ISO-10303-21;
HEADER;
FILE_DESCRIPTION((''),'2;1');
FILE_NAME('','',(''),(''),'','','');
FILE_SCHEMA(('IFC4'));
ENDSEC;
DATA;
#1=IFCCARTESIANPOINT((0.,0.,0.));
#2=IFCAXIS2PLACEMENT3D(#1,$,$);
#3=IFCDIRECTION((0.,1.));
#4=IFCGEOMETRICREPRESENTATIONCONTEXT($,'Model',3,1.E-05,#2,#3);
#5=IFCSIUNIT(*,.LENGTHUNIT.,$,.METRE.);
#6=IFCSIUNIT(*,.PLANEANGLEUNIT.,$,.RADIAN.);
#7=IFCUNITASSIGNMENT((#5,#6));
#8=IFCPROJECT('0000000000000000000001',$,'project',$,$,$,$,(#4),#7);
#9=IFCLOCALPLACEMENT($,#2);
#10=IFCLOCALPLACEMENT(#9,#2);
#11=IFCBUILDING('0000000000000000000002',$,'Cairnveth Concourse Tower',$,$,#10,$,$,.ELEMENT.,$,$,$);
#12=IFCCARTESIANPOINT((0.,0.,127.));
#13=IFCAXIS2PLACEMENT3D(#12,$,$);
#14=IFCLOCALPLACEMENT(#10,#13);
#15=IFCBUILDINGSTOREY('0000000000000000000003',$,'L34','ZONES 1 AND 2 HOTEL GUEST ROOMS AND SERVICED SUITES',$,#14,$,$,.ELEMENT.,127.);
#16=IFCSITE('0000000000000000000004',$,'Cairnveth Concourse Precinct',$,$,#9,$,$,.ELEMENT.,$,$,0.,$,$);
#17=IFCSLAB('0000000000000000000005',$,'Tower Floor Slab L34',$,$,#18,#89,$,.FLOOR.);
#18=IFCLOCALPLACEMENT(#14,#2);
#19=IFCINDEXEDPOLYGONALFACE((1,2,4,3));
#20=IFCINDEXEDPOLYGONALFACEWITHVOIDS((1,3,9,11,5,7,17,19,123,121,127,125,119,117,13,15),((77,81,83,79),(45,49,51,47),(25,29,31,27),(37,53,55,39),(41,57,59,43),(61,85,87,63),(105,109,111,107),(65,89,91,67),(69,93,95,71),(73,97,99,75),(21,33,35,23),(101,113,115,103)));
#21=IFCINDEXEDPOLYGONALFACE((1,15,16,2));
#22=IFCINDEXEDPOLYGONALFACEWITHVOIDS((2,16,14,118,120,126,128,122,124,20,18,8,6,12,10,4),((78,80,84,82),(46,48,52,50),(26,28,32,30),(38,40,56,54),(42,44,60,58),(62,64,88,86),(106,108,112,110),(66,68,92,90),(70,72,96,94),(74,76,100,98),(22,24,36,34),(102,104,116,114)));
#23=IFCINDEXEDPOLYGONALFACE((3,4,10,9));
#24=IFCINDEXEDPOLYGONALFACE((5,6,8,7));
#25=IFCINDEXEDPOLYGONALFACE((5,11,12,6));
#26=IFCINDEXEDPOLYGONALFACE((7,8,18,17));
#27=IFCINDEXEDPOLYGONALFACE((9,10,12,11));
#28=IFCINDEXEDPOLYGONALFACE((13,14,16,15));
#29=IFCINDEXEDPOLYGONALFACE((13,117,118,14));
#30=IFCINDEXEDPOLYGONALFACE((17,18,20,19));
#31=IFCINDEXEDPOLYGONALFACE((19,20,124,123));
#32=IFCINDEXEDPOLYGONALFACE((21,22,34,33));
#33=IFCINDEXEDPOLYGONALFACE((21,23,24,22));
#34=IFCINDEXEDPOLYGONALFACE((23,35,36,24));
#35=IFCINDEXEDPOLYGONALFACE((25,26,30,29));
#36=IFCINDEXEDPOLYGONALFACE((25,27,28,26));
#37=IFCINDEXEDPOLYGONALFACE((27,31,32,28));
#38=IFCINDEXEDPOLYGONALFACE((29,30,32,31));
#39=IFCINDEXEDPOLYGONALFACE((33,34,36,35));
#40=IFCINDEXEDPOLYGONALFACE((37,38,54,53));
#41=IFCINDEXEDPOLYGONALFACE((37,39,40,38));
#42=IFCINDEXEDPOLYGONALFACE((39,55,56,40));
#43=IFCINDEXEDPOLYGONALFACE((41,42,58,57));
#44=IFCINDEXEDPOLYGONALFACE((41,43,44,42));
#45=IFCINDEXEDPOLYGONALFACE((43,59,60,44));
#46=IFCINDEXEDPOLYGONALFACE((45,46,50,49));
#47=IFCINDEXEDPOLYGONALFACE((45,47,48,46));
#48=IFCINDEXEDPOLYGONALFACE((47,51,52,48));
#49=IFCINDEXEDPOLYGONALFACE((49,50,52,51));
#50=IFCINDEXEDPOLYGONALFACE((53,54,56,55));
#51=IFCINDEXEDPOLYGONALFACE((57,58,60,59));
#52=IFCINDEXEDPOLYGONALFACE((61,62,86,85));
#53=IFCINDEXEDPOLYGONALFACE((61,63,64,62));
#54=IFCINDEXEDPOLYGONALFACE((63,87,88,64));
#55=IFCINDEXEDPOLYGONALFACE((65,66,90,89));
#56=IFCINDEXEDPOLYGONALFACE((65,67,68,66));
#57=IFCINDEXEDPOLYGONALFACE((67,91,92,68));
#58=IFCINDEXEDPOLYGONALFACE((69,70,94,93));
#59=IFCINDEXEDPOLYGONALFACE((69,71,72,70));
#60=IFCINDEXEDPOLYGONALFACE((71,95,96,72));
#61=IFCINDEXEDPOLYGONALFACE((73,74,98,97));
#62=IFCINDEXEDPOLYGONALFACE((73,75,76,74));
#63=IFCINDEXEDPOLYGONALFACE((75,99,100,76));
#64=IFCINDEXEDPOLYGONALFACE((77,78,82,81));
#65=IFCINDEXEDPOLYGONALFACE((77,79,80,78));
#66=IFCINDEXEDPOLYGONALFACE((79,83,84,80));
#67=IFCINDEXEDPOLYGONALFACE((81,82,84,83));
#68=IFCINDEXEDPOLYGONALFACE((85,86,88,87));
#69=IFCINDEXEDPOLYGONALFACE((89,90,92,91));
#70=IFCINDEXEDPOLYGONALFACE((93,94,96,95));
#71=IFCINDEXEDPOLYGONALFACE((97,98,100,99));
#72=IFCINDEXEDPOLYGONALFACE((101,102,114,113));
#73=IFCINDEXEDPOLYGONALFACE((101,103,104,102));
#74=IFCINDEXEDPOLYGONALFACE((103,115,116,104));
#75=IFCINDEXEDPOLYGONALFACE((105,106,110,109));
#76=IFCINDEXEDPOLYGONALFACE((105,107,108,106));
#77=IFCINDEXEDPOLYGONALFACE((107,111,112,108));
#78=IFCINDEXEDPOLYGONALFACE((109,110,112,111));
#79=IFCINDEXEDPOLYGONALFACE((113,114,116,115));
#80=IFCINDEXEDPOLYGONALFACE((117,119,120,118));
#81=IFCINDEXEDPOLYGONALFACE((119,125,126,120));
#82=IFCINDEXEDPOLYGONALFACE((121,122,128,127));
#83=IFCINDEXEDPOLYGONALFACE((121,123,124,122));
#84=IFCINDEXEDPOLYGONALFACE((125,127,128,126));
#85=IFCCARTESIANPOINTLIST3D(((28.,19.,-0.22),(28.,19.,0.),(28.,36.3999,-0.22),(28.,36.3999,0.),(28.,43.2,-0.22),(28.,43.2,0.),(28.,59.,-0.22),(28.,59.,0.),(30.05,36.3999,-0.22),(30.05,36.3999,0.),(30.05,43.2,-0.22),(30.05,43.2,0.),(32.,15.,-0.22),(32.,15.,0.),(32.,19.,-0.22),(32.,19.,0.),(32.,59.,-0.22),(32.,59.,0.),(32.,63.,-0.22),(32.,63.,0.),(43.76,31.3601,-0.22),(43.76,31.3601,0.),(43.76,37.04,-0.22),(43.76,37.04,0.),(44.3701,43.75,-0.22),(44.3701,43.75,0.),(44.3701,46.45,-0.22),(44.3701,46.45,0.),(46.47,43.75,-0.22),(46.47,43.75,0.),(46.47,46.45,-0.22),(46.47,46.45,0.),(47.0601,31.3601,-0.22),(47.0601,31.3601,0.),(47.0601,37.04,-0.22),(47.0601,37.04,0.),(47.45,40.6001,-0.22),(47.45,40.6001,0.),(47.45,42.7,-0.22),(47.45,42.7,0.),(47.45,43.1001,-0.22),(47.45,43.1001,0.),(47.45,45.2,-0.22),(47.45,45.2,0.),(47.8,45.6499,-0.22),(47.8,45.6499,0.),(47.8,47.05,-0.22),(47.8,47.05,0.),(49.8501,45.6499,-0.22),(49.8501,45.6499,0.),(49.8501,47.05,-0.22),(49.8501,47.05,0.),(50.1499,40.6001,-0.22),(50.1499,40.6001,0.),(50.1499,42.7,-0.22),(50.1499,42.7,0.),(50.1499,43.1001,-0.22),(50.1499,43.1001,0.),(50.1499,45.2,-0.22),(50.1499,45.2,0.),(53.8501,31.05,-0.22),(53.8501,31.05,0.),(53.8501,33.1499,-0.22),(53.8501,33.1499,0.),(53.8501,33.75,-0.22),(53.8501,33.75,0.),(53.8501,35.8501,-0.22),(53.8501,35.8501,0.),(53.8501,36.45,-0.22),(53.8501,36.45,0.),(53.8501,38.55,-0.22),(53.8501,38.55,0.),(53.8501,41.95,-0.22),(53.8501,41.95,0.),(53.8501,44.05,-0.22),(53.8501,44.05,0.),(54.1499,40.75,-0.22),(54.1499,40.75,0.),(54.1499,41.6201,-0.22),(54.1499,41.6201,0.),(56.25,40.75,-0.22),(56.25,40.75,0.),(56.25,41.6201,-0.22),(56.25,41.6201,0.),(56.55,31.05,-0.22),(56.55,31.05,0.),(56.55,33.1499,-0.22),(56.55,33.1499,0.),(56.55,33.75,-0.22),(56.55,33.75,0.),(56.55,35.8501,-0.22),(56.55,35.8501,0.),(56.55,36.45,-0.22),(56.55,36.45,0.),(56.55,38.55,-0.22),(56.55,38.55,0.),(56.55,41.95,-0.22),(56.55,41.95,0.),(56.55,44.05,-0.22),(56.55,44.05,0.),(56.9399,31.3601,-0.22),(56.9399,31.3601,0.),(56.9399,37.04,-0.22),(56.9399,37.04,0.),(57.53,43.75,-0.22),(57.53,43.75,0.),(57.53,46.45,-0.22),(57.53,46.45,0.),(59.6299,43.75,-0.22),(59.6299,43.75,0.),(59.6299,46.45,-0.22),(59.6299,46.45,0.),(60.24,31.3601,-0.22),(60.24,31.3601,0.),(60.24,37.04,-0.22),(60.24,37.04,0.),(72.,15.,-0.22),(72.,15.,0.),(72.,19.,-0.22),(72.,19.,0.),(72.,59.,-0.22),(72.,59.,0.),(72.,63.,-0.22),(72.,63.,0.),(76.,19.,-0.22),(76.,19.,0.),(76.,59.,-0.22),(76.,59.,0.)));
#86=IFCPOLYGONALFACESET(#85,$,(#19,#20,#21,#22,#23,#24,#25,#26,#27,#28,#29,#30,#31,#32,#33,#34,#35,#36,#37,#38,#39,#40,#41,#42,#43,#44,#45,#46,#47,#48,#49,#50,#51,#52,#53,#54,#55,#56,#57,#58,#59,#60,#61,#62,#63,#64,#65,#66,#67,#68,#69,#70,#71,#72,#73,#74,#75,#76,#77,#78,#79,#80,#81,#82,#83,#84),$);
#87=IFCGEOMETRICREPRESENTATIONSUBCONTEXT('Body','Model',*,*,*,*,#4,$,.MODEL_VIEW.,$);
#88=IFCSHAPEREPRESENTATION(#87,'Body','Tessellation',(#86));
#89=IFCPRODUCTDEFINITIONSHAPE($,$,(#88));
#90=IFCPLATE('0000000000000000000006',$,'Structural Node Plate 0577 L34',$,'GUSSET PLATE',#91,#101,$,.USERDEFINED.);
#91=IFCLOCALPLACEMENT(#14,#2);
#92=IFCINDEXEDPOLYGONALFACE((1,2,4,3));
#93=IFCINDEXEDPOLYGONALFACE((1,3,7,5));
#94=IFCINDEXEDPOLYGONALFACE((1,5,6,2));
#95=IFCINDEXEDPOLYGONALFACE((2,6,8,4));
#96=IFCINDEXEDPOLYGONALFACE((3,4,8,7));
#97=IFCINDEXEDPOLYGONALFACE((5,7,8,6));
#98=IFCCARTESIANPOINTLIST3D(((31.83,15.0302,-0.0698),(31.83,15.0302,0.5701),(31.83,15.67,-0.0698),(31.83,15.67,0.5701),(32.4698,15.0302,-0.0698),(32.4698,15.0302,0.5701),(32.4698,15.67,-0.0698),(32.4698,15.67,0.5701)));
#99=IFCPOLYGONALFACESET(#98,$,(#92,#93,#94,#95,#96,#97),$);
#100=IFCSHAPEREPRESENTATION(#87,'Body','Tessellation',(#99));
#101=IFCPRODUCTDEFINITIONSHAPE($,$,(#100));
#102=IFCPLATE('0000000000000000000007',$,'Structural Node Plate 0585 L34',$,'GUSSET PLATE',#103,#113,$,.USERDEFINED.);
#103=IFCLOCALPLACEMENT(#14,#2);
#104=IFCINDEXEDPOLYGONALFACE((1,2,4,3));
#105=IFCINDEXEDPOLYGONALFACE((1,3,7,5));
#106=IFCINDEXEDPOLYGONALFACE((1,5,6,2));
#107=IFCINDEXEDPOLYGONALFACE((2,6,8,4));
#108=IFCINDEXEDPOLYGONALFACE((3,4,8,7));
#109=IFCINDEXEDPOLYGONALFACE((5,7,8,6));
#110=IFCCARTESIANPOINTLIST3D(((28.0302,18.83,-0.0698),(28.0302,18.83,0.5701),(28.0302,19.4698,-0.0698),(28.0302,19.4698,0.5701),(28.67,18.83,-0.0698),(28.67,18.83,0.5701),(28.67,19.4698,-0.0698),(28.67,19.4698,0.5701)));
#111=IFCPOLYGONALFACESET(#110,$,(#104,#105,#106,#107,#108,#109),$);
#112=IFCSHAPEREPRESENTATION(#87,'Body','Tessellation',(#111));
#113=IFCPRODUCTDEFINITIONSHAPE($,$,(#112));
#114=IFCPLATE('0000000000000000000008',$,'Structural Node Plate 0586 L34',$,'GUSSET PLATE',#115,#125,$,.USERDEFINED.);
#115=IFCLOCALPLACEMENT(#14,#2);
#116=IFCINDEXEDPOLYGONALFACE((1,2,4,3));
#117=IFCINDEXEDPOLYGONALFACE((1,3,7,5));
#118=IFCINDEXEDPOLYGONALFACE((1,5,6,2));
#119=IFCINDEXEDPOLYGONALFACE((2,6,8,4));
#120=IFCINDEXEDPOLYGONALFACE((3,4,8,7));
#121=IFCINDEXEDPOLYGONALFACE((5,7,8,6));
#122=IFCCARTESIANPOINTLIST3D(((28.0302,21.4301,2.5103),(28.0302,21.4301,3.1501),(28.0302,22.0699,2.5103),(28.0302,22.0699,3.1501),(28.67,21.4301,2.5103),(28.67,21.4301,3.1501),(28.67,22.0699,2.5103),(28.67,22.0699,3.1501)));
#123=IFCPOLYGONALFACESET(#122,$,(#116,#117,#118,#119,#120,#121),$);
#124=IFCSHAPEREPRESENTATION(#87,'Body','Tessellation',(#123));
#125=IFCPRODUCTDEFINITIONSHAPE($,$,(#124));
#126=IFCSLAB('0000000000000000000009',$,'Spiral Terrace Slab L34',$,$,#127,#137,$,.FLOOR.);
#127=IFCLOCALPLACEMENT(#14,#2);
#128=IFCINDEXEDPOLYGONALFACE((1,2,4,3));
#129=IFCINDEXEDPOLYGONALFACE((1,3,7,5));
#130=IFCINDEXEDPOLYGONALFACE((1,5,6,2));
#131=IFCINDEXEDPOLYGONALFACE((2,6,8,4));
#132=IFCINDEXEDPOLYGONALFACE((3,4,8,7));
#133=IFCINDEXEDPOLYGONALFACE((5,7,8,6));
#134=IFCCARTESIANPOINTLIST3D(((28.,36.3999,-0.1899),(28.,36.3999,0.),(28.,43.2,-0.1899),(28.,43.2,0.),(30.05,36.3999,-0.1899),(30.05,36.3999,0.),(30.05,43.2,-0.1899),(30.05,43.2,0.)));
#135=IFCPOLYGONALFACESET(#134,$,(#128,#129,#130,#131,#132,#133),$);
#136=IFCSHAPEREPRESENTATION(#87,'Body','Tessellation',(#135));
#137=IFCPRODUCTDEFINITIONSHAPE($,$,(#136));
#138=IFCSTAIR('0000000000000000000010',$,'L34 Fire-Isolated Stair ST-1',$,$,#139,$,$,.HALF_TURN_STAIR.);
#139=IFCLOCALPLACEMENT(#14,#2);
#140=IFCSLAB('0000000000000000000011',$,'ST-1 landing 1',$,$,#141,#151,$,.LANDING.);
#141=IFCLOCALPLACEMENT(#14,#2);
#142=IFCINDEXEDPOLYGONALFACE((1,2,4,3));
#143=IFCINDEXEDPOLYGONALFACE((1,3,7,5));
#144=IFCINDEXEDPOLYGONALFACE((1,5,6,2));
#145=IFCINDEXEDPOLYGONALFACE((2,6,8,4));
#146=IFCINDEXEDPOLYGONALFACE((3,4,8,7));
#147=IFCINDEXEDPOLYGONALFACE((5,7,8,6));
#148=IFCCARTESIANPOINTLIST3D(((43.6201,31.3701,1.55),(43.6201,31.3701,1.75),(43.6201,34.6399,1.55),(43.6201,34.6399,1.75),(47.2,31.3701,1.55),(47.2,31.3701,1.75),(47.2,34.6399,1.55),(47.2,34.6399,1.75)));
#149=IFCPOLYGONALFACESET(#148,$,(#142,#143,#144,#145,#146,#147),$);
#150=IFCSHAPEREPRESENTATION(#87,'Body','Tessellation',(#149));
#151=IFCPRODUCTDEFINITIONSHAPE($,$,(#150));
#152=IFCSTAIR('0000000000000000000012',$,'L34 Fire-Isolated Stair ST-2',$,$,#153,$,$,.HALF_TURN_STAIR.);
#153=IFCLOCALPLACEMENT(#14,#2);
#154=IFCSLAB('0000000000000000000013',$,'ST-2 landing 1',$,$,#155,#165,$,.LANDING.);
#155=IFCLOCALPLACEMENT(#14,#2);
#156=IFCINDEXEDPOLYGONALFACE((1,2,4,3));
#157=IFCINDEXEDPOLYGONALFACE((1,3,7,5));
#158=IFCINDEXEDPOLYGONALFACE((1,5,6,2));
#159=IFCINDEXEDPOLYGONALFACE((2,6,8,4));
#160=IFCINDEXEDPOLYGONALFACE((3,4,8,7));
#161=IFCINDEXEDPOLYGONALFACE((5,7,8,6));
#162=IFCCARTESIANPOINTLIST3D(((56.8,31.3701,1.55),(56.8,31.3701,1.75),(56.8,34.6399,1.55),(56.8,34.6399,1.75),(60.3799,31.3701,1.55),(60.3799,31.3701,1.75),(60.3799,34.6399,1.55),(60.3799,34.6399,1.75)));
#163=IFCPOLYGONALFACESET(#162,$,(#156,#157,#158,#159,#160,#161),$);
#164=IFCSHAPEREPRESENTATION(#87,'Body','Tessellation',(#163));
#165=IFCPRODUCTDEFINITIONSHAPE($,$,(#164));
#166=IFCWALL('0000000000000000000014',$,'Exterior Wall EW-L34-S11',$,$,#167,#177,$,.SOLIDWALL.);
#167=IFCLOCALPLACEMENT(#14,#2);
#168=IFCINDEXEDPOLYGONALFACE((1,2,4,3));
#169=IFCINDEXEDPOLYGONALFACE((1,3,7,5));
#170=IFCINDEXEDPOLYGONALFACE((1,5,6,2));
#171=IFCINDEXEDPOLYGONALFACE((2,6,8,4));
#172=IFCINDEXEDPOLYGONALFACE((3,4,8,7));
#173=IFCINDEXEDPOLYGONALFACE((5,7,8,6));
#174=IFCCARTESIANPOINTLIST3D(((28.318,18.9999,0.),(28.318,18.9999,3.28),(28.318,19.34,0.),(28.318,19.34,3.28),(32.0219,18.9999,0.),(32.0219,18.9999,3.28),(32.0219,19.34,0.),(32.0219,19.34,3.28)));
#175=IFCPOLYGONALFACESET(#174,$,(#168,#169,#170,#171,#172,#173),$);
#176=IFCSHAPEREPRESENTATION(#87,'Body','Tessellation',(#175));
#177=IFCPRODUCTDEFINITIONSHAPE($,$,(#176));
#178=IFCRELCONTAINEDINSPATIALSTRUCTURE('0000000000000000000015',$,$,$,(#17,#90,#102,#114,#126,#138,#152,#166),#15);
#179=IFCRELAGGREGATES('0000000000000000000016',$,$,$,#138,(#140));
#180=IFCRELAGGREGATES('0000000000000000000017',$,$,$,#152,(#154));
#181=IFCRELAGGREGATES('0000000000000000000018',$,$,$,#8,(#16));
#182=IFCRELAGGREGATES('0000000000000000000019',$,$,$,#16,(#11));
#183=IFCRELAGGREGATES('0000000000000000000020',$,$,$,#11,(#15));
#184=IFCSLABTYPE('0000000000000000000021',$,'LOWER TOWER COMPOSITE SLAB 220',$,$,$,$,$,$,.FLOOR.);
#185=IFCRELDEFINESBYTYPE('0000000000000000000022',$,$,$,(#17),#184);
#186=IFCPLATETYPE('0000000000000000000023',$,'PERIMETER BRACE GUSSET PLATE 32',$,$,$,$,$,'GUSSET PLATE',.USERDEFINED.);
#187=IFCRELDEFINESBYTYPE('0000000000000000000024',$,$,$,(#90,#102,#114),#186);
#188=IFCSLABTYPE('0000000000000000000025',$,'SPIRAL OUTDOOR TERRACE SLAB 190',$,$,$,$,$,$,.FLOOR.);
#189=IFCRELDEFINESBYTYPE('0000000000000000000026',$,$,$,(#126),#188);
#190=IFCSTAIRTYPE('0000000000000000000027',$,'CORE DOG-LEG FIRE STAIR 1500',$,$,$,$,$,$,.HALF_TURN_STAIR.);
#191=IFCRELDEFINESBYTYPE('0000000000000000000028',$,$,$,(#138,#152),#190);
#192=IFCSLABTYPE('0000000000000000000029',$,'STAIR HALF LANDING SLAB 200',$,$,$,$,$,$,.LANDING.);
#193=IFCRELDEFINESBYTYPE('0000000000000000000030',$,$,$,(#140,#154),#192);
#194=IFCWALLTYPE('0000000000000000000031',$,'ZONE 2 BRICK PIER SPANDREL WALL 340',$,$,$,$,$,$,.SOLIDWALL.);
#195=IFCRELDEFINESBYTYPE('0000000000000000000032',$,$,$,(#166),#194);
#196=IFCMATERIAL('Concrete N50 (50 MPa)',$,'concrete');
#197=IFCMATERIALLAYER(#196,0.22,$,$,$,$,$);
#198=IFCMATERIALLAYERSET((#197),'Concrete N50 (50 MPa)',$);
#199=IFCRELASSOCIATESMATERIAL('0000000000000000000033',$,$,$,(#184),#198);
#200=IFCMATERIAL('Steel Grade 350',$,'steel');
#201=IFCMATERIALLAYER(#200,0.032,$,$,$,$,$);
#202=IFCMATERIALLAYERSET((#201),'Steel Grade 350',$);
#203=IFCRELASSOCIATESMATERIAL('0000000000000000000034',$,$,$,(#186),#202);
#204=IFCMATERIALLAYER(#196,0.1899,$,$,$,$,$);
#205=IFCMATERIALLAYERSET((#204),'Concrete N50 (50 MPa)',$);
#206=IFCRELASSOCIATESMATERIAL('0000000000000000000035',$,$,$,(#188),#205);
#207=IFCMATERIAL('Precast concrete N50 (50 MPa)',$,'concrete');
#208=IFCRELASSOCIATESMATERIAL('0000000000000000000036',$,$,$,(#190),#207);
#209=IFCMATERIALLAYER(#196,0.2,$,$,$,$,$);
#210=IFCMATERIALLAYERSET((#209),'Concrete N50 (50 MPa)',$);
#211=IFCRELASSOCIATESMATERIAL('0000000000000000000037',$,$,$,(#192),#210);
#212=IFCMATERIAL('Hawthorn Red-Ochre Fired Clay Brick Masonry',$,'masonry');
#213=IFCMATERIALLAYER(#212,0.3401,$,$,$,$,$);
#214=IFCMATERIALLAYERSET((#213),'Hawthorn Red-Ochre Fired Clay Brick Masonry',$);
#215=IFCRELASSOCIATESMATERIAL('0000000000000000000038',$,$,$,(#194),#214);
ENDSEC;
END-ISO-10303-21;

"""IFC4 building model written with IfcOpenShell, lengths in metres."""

from ifc_helpers import new_model, si_unit, direction, frame, frame_2d, origin, origin_2d, place, context, subcontext, project, spatial, polyline, rectangle, outline, extrude, material, layer, layer_set, type_object, element, aggregate, save


model = new_model("IFC4")

# Units and contexts
model_context = context("Model", 3, precision=1e-05, world=origin(), true_north=direction((0.0, 1.0)))
body_context = subcontext(model_context, "Body", "Model", "MODEL_VIEW")
ifc_project = project(units=[si_unit("LENGTHUNIT", "METRE"), si_unit("PLANEANGLEUNIT", "RADIAN")], contexts=[model_context])

# Site, building, storey
site_placement = place(None, origin())
site = spatial("IfcSite", under=ifc_project, at=site_placement, Name="Cairnveth Concourse Precinct", CompositionType="ELEMENT", RefElevation=0.0)
building_placement = place(site_placement, origin())
building = spatial("IfcBuilding", under=site, at=building_placement, Name="Cairnveth Concourse Tower", CompositionType="ELEMENT")
storey_placement = place(building_placement, frame((0.0, 0.0, 127.0)))
storey = spatial("IfcBuildingStorey", under=building, at=storey_placement, Name="L34", Description="ZONES 1 AND 2 HOTEL GUEST ROOMS AND SERVICED SUITES", CompositionType="ELEMENT", Elevation=127.0)

# Shared definitions
ifc_material_1 = material(Name="Steel Grade 350", Category="steel")

# Slab
ifc_material_2 = material(Name="Concrete N50 (50 MPa)", Category="concrete")
ifc_layer_1 = layer(ifc_material_2, 0.22)
ifc_layer_set_1 = layer_set([ifc_layer_1], Name="Concrete N50 (50 MPa)")
slab_type_1 = type_object("IfcSlabType", Name="LOWER TOWER COMPOSITE SLAB 220", PredefinedType="FLOOR", material=ifc_layer_set_1)
slab_1_placement = place(storey_placement, frame((0.0, 0.0, -0.22)))
element("IfcSlab", 1, at=slab_1_placement, inside=storey, type_object=slab_type_1, Name="Tower Floor Slab L34", PredefinedType="FLOOR", context=body_context, shape_type="SweptSolid", body=[
    extrude(outline(polyline([(28.0, 43.2), (30.05, 43.2), (30.05, 36.3999), (28.0, 36.3999), (28.0, 19.0), (32.0, 19.0), (32.0, 15.0), (72.0, 15.0), (72.0, 19.0), (76.0, 19.0), (76.0, 59.0), (72.0, 59.0), (72.0, 63.0), (32.0, 63.0), (32.0, 59.0), (28.0, 59.0), (28.0, 43.2)]), holes=[polyline([(43.76, 31.3601), (47.0601, 31.3601), (47.0601, 37.04), (43.76, 37.04), (43.76, 31.3601)]), polyline([(56.9399, 31.3601), (60.24, 31.3601), (60.24, 37.04), (56.9399, 37.04), (56.9399, 31.3601)]), polyline([(44.3701, 43.75), (46.47, 43.75), (46.47, 46.45), (44.3701, 46.45), (44.3701, 43.75)]), polyline([(57.53, 43.75), (59.6299, 43.75), (59.6299, 46.45), (57.53, 46.45), (57.53, 43.75)]), polyline([(53.8501, 31.05), (56.55, 31.05), (56.55, 33.1499), (53.8501, 33.1499), (53.8501, 31.05)]), polyline([(53.8501, 33.75), (56.55, 33.75), (56.55, 35.8501), (53.8501, 35.8501), (53.8501, 33.75)]), polyline([(53.8501, 36.45), (56.55, 36.45), (56.55, 38.55), (53.8501, 38.55), (53.8501, 36.45)]), polyline([(47.45, 40.6001), (50.1499, 40.6001), (50.1499, 42.7), (47.45, 42.7), (47.45, 40.6001)]), polyline([(47.45, 43.1001), (50.1499, 43.1001), (50.1499, 45.2), (47.45, 45.2), (47.45, 43.1001)]), polyline([(53.8501, 41.95), (56.55, 41.95), (56.55, 44.05), (53.8501, 44.05), (53.8501, 41.95)]), polyline([(47.8, 45.6499), (49.8501, 45.6499), (49.8501, 47.05), (47.8, 47.05), (47.8, 45.6499)]), polyline([(54.1499, 40.75), (56.25, 40.75), (56.25, 41.6201), (54.1499, 41.6201), (54.1499, 40.75)])]), origin(), (0.0, 0.0, 1.0), 0.22),
])

# Plates
ifc_layer_2 = layer(ifc_material_1, 0.032)
ifc_layer_set_2 = layer_set([ifc_layer_2], Name="Steel Grade 350")
plate_type = type_object("IfcPlateType", Name="PERIMETER BRACE GUSSET PLATE 32", ElementType="GUSSET PLATE", PredefinedType="USERDEFINED", material=ifc_layer_set_2)
for number, where, z_axis, x_axis, name in (
    (2, (32.1499, 15.3501, -0.0698), (0.0, 0.0, 1.0), (1.0, 0.0, 0.0), "Structural Node Plate 0577 L34"),
    (3, (28.3501, 19.1499, -0.0698), (0.0, 0.0, 1.0), (1.0, 0.0, 0.0), "Structural Node Plate 0585 L34"),
    (4, (28.3501, 21.75, 2.5103), (0.0, 0.0, 1.0), (1.0, 0.0, 0.0), "Structural Node Plate 0586 L34"),
):
    element("IfcPlate", number, at=place(storey_placement, frame(where, z_axis=z_axis, x_axis=x_axis)), inside=storey, type_object=plate_type, Name=name, ObjectType="GUSSET PLATE", PredefinedType="USERDEFINED", context=body_context, shape_type="SweptSolid", body=[
        extrude(rectangle(XDim=0.6399, YDim=0.6399, at=origin_2d()), origin(), (0.0, 0.0, 1.0), 0.6399),
    ])

# Slab
ifc_layer_3 = layer(ifc_material_2, 0.1899)
ifc_layer_set_3 = layer_set([ifc_layer_3], Name="Concrete N50 (50 MPa)")
slab_type_2 = type_object("IfcSlabType", Name="SPIRAL OUTDOOR TERRACE SLAB 190", PredefinedType="FLOOR", material=ifc_layer_set_3)
slab_2_placement = place(storey_placement, frame((0.0, 0.0, -0.1899)))
element("IfcSlab", 5, at=slab_2_placement, inside=storey, type_object=slab_type_2, Name="Spiral Terrace Slab L34", PredefinedType="FLOOR", context=body_context, shape_type="SweptSolid", body=[
    extrude(outline(polyline([(28.0, 36.3999), (30.05, 36.3999), (30.05, 43.2), (28.0, 43.2), (28.0, 36.3999)])), origin(), (0.0, 0.0, 1.0), 0.1899),
])

# Stairs, slabs
ifc_material_3 = material(Name="Precast concrete N50 (50 MPa)", Category="concrete")
stair_type = type_object("IfcStairType", Name="CORE DOG-LEG FIRE STAIR 1500", PredefinedType="HALF_TURN_STAIR", material=ifc_material_3)
stair_1_placement = place(storey_placement, origin())
stair_1 = element("IfcStair", 6, at=stair_1_placement, inside=storey, type_object=stair_type, Name="L34 Fire-Isolated Stair ST-1", PredefinedType="HALF_TURN_STAIR")
ifc_layer_4 = layer(ifc_material_2, 0.2)
ifc_layer_set_4 = layer_set([ifc_layer_4], Name="Concrete N50 (50 MPa)")
slab_type_3 = type_object("IfcSlabType", Name="STAIR HALF LANDING SLAB 200", PredefinedType="LANDING", material=ifc_layer_set_4)
slab_3_placement = place(storey_placement, frame((0.0, 0.0, 1.55)))
slab_3 = element("IfcSlab", 7, at=slab_3_placement, type_object=slab_type_3, Name="ST-1 landing 1", PredefinedType="LANDING", context=body_context, shape_type="SweptSolid", body=[
    extrude(outline(polyline([(43.6201, 34.6399), (43.6201, 31.3701), (47.2, 31.3701), (47.2, 34.6399), (43.6201, 34.6399)])), origin(), (0.0, 0.0, 1.0), 0.2),
])
aggregate(stair_1, [slab_3])
stair_2_placement = place(storey_placement, origin())
stair_2 = element("IfcStair", 8, at=stair_2_placement, inside=storey, type_object=stair_type, Name="L34 Fire-Isolated Stair ST-2", PredefinedType="HALF_TURN_STAIR")
slab_4_placement = place(storey_placement, frame((0.0, 0.0, 1.55)))
slab_4 = element("IfcSlab", 9, at=slab_4_placement, type_object=slab_type_3, Name="ST-2 landing 1", PredefinedType="LANDING", context=body_context, shape_type="SweptSolid", body=[
    extrude(outline(polyline([(56.8, 34.6399), (56.8, 31.3701), (60.3799, 31.3701), (60.3799, 34.6399), (56.8, 34.6399)])), origin(), (0.0, 0.0, 1.0), 0.2),
])
aggregate(stair_2, [slab_4])

# Wall
ifc_material_4 = material(Name="Hawthorn Red-Ochre Fired Clay Brick Masonry", Category="masonry")
ifc_layer_5 = layer(ifc_material_4, 0.3401)
ifc_layer_set_5 = layer_set([ifc_layer_5], Name="Hawthorn Red-Ochre Fired Clay Brick Masonry")
wall_type = type_object("IfcWallType", Name="ZONE 2 BRICK PIER SPANDREL WALL 340", PredefinedType="SOLIDWALL", material=ifc_layer_set_5)
wall_1_placement = place(storey_placement, frame((32.022, 19.1699, 0.0), z_axis=(0.0, 0.0, 1.0), x_axis=(-1.0, 0.0, 0.0)))
element("IfcWall", 10, at=wall_1_placement, inside=storey, type_object=wall_type, Name="Exterior Wall EW-L34-S11", PredefinedType="SOLIDWALL", context=body_context, shape_type="SweptSolid", body=[
    extrude(rectangle(XDim=3.7039, YDim=0.3401, at=frame_2d((1.8521, 0.0))), origin(), (0.0, 0.0, 1.0), 3.28),
])

save(model, "model.ifc")
